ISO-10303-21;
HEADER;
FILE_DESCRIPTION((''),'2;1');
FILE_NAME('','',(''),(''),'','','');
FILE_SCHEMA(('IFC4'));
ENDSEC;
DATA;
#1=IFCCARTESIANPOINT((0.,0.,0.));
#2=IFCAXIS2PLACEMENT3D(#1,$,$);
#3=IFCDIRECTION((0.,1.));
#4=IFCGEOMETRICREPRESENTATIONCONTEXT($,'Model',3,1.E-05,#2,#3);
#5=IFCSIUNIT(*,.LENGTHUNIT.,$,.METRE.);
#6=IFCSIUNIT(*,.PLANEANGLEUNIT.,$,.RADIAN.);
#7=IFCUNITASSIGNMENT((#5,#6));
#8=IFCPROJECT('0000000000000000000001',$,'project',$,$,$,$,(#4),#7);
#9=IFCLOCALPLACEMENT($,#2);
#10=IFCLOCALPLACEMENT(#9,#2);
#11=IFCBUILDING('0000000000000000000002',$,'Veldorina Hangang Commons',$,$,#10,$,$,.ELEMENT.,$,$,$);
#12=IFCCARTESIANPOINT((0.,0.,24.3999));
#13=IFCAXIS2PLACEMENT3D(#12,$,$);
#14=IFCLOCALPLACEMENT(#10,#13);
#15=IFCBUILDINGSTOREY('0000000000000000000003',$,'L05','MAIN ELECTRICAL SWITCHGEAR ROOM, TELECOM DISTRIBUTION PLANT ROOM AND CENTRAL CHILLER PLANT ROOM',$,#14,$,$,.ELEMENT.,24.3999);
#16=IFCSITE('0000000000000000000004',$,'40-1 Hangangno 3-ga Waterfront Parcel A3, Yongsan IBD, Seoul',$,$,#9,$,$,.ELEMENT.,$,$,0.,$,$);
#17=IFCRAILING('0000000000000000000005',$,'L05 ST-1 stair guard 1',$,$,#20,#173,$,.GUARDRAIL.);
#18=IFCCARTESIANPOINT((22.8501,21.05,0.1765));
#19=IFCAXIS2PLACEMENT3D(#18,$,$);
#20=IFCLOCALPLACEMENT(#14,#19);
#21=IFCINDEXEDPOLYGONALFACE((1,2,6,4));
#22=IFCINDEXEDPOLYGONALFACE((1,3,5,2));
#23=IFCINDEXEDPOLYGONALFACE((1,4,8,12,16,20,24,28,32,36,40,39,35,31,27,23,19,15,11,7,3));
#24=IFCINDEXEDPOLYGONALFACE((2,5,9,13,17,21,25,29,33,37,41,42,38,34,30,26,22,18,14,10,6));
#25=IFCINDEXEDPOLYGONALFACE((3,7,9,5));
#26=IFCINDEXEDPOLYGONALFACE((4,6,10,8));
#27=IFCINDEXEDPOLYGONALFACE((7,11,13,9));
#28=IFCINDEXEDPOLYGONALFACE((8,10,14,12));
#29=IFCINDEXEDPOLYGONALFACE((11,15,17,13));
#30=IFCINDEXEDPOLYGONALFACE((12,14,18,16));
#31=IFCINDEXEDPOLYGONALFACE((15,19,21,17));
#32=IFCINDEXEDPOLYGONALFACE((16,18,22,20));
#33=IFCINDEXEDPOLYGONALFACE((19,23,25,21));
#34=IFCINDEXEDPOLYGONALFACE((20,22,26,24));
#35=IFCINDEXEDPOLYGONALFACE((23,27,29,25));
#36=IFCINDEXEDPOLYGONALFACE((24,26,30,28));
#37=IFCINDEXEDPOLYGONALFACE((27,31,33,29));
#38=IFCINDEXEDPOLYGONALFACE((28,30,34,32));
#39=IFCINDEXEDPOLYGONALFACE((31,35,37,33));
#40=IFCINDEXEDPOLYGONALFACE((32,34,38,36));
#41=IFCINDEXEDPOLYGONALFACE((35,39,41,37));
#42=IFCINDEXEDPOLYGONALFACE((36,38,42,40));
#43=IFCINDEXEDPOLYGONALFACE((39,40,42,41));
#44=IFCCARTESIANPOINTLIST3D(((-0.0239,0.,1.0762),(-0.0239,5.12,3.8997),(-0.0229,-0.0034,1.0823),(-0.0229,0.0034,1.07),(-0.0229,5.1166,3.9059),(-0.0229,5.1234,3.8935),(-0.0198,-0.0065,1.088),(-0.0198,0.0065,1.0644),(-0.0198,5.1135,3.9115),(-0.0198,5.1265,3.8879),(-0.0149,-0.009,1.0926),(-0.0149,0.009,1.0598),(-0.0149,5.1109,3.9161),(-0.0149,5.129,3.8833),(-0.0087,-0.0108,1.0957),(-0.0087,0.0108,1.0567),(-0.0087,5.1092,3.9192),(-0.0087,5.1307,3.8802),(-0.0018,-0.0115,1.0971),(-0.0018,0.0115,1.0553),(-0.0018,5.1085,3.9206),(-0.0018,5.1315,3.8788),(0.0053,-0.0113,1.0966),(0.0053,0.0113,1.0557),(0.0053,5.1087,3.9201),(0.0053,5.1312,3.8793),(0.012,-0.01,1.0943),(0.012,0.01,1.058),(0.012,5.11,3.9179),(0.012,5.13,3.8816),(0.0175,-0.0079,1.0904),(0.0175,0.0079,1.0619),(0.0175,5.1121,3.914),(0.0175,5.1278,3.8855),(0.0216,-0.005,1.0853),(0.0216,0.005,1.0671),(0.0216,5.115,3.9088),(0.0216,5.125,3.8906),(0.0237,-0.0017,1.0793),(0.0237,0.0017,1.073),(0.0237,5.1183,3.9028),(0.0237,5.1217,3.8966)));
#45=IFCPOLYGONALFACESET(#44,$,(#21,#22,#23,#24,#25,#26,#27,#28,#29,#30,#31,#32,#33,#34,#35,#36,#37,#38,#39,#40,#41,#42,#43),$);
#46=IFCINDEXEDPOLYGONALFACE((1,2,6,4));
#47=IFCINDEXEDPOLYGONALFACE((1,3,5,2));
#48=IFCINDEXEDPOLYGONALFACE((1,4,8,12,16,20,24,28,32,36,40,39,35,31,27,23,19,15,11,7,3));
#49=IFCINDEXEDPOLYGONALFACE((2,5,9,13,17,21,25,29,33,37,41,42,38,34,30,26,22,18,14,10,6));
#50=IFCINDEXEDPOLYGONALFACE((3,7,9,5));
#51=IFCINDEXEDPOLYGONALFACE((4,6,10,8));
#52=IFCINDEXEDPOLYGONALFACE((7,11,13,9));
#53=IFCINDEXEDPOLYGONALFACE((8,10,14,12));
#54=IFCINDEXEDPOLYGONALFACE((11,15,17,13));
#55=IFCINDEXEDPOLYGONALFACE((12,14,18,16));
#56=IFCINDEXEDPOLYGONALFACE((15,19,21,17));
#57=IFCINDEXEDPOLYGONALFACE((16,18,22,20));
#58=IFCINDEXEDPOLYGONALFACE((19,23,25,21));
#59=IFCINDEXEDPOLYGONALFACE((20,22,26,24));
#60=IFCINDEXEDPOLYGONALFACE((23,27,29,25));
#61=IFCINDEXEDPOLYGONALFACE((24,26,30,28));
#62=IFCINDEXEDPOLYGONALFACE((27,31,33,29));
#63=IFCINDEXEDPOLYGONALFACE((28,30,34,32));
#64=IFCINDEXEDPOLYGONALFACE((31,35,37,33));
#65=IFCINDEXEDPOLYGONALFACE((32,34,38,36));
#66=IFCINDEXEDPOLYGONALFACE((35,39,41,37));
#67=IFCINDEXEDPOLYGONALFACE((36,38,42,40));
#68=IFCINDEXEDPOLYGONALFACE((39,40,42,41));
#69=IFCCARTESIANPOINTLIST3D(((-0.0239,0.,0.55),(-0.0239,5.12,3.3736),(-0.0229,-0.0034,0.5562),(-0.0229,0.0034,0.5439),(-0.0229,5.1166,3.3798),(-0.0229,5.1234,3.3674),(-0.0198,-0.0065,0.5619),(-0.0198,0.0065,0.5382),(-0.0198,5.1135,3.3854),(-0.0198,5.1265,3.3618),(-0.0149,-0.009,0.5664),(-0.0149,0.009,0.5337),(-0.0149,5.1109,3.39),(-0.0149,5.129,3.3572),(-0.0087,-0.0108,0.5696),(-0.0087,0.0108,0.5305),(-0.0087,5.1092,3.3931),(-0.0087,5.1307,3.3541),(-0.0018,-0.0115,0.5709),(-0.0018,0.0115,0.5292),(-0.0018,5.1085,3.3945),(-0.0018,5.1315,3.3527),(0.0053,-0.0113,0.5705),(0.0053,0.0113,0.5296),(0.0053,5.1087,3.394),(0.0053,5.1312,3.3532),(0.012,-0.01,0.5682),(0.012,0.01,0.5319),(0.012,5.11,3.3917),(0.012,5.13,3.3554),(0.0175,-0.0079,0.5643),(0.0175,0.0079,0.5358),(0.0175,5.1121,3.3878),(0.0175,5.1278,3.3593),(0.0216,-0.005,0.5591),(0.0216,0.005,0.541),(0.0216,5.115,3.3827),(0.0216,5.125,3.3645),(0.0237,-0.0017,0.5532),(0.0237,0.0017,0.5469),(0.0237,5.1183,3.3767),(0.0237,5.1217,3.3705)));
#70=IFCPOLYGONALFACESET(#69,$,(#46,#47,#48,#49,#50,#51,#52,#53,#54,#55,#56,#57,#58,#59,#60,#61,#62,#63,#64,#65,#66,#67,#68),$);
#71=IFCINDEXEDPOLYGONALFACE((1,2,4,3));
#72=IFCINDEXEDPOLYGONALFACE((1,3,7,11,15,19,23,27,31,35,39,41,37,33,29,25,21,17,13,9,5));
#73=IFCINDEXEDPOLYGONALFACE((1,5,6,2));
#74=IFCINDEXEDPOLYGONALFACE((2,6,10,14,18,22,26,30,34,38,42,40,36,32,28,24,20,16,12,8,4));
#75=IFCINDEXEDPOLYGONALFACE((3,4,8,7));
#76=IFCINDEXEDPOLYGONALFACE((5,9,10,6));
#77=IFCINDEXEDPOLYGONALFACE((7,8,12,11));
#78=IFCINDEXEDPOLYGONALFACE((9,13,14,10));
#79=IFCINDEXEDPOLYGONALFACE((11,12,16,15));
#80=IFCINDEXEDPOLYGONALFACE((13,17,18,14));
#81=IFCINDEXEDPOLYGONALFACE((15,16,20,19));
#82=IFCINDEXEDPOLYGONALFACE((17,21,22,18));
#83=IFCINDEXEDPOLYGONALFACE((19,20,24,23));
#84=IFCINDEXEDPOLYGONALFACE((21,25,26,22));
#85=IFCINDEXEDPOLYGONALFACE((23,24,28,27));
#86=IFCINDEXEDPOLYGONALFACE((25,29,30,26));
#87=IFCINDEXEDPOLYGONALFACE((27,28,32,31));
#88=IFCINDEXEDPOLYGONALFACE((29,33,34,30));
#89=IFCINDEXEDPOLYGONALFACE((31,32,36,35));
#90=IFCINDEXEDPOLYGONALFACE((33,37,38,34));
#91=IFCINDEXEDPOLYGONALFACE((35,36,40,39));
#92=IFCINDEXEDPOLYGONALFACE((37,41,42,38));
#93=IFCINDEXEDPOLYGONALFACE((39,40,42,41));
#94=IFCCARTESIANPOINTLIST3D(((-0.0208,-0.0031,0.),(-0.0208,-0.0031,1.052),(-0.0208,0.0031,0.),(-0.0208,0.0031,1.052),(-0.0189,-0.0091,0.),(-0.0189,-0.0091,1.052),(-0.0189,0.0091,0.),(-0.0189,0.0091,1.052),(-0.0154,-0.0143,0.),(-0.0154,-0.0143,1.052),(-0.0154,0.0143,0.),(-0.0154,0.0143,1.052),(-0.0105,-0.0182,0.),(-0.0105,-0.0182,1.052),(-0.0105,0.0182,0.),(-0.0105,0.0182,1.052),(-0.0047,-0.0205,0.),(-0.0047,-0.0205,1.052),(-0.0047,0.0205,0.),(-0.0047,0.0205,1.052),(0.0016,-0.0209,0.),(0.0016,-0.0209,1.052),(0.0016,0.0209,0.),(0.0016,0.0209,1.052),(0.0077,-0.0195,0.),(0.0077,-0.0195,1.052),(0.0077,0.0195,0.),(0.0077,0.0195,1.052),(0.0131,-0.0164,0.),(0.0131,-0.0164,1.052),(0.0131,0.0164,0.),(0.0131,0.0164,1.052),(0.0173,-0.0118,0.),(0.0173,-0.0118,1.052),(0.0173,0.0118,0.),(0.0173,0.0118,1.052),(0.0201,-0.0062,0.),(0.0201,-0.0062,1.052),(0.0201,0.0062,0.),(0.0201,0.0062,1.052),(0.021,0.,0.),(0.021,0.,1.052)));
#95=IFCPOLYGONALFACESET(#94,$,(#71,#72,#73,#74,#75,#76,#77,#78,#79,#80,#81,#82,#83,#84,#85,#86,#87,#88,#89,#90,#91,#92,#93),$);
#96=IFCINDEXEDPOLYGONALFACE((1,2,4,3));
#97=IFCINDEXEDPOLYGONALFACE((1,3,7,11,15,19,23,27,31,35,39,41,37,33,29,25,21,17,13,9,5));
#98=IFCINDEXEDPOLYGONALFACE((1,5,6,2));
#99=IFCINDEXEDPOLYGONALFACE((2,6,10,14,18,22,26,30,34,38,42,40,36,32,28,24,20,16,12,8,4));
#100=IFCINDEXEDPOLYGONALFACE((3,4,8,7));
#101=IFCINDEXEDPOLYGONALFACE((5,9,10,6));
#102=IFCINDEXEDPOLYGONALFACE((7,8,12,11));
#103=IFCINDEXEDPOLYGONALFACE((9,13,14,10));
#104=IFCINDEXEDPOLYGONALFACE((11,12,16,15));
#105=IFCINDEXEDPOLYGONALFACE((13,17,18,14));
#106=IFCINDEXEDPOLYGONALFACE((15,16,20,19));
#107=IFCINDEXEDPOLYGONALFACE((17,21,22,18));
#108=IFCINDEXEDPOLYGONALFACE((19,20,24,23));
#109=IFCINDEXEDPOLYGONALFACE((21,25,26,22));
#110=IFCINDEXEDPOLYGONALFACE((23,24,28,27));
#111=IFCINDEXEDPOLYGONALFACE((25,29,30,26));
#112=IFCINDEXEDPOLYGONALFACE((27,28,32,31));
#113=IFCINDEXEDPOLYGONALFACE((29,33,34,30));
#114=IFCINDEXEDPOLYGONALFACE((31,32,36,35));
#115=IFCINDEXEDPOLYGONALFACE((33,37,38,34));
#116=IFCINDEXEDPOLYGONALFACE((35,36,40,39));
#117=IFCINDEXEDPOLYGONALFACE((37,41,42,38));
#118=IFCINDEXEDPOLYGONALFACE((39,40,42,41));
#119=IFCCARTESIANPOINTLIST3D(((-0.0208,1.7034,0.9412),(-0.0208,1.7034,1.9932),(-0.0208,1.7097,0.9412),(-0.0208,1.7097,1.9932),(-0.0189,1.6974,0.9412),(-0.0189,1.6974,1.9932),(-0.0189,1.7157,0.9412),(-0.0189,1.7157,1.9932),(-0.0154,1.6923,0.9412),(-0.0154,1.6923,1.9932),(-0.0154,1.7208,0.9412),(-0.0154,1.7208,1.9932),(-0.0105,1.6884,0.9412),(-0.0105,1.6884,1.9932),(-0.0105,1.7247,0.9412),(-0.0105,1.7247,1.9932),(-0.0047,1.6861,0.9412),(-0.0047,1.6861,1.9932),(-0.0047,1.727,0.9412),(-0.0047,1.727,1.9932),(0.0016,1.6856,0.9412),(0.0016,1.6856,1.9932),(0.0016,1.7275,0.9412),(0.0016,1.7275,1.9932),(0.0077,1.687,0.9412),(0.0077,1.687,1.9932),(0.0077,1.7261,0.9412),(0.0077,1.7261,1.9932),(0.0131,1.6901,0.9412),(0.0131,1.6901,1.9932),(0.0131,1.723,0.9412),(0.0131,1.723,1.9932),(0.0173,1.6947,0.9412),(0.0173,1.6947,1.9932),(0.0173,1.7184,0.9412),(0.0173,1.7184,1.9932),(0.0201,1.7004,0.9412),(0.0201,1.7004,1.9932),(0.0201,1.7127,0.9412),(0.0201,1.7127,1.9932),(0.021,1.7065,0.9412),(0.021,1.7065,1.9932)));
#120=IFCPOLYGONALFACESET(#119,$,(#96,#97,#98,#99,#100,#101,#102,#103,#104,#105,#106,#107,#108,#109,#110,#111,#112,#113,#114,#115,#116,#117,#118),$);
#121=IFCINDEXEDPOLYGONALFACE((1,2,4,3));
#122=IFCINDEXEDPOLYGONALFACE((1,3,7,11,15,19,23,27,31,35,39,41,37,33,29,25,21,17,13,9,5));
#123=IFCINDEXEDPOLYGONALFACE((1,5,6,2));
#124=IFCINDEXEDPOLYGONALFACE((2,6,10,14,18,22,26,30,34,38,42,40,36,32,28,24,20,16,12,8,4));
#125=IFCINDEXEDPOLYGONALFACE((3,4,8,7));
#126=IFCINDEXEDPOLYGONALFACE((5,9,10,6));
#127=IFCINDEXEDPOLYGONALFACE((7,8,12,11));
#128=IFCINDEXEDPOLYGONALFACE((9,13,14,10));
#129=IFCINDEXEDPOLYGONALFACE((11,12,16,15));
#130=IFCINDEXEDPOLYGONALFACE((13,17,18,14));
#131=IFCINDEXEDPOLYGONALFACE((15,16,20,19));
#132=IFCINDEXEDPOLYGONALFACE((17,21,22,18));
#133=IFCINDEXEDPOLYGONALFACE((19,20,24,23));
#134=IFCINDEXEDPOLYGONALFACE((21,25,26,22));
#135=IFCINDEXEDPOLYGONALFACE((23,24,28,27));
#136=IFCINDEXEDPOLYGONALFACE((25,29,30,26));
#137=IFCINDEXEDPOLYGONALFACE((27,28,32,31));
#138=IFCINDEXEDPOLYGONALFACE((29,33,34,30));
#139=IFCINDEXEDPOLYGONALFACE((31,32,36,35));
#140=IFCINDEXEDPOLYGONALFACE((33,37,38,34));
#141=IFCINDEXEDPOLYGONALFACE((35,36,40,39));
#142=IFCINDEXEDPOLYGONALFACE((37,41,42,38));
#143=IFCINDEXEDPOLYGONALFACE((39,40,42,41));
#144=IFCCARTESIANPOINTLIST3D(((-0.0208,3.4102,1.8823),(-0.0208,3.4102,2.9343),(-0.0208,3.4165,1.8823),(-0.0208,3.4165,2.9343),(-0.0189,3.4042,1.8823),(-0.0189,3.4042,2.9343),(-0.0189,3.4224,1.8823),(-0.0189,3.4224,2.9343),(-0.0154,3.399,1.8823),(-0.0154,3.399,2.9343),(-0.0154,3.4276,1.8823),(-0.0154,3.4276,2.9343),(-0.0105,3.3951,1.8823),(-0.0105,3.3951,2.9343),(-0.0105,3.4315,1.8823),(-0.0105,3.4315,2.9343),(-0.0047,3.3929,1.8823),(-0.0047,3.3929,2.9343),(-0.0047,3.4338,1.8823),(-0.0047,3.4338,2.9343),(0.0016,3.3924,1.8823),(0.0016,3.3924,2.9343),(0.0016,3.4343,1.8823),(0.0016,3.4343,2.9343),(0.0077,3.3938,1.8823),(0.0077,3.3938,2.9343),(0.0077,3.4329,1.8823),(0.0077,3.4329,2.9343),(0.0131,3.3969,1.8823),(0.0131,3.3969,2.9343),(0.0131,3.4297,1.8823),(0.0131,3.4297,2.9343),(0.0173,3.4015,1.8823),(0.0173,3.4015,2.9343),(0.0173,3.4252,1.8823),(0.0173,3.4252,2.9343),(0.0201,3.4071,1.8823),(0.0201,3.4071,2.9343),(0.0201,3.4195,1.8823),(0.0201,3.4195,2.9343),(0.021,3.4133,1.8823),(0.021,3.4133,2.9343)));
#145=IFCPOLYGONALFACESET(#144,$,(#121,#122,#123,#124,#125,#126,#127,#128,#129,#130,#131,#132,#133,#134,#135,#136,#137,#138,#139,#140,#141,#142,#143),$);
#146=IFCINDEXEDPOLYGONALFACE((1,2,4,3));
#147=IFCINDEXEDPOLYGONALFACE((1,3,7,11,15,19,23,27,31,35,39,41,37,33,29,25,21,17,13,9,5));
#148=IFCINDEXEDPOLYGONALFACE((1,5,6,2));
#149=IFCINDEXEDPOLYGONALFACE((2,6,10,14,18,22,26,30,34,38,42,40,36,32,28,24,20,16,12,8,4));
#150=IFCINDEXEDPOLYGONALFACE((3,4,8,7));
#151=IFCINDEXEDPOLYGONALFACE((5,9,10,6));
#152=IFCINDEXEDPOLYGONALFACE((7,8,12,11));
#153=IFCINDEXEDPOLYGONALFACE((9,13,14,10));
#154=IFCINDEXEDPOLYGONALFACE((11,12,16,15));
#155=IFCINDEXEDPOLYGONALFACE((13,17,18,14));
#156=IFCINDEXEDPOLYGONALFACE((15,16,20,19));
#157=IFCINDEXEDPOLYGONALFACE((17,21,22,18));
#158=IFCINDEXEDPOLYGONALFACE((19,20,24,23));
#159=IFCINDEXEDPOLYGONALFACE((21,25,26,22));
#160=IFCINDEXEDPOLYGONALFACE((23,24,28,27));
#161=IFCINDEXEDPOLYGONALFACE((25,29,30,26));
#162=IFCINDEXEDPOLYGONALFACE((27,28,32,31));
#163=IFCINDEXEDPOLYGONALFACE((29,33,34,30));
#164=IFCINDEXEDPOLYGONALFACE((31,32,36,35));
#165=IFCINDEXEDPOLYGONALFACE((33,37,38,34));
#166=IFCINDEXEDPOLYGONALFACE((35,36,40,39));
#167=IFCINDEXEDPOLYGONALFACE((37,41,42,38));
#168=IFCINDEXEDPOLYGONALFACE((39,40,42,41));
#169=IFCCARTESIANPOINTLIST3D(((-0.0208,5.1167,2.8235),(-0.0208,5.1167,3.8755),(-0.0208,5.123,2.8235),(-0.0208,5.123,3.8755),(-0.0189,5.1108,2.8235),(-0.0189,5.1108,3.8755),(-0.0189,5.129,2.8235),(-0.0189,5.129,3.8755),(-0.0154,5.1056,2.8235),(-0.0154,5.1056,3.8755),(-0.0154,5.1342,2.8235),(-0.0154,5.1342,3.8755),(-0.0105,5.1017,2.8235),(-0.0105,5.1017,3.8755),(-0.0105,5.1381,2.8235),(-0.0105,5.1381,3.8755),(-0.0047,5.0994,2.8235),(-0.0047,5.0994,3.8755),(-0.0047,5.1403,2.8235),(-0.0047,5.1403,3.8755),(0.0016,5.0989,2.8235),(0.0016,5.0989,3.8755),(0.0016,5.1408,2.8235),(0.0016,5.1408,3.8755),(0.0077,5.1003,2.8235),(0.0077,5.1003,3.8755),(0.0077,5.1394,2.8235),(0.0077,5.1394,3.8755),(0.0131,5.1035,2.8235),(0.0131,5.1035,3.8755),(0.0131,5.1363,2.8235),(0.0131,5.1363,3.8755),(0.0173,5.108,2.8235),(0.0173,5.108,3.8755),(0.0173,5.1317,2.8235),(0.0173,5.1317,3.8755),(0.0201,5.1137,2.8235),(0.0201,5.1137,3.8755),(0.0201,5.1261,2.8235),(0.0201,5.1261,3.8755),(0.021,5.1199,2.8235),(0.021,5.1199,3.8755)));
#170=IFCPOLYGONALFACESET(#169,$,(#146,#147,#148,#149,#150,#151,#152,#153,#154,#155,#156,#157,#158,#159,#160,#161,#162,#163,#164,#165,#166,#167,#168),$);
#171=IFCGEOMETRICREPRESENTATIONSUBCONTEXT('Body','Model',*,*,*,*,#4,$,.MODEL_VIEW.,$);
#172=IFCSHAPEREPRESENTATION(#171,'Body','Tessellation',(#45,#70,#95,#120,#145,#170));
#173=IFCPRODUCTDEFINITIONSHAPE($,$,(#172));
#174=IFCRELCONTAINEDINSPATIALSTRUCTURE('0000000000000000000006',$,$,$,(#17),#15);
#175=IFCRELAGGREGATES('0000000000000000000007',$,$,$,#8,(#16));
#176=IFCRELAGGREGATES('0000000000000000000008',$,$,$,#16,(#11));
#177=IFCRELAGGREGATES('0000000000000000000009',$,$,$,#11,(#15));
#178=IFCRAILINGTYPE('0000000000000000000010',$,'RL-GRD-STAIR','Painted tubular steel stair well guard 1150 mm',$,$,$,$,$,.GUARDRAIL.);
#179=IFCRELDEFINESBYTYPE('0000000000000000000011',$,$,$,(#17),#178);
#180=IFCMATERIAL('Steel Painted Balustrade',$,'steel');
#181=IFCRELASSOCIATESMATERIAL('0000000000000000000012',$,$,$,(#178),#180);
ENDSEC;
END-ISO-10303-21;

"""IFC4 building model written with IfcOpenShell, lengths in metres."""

from ifc_helpers import new_model, si_unit, direction, frame, origin, origin_2d, place, context, subcontext, project, spatial, circle, extrude, material, type_object, element, save


model = new_model("IFC4")

# Units and contexts
model_context = context("Model", 3, precision=1e-05, world=origin(), true_north=direction((0.0, 1.0)))
body_context = subcontext(model_context, "Body", "Model", "MODEL_VIEW")
ifc_project = project(units=[si_unit("LENGTHUNIT", "METRE"), si_unit("PLANEANGLEUNIT", "RADIAN")], contexts=[model_context])

# Site, building, storey
site_placement = place(None, origin())
site = spatial("IfcSite", under=ifc_project, at=site_placement, Name="40-1 Hangangno 3-ga Waterfront Parcel A3, Yongsan IBD, Seoul", CompositionType="ELEMENT", RefElevation=0.0)
building_placement = place(site_placement, origin())
building = spatial("IfcBuilding", under=site, at=building_placement, Name="Veldorina Hangang Commons", CompositionType="ELEMENT")
storey_placement = place(building_placement, frame((0.0, 0.0, 24.3999)))
storey = spatial("IfcBuildingStorey", under=building, at=storey_placement, Name="L05", Description="MAIN ELECTRICAL SWITCHGEAR ROOM, TELECOM DISTRIBUTION PLANT ROOM AND CENTRAL CHILLER PLANT ROOM", CompositionType="ELEMENT", Elevation=24.3999)

# Railing
ifc_material_1 = material(Name="Steel Painted Balustrade", Category="steel")
railing_type_1 = type_object("IfcRailingType", Name="RL-GRD-STAIR", Description="Painted tubular steel stair well guard 1150 mm", PredefinedType="GUARDRAIL", material=ifc_material_1)
railing_1_placement = place(storey_placement, frame((22.8501, 21.05, 0.1765)))
element("IfcRailing", 1, at=railing_1_placement, inside=storey, type_object=railing_type_1, Name="L05 ST-1 stair guard 1", PredefinedType="GUARDRAIL", context=body_context, shape_type="SweptSolid", body=[
    extrude(circle(Radius=0.0239, at=origin_2d()), frame((0.0, 0.0, 1.0762), z_axis=(0.0, 0.87567, 0.482911), x_axis=(-1.0, 0.0, 0.0)), (0.0, 0.0, 1.0), 5.8469),
    extrude(circle(Radius=0.0239, at=origin_2d()), frame((0.0, 0.0, 0.55), z_axis=(0.0, 0.87567, 0.482911), x_axis=(-1.0, 0.0, 0.0)), (0.0, 0.0, 1.0), 5.8469),
    extrude(circle(Radius=0.021, at=origin_2d()), origin(), (0.0, 0.0, 1.0), 1.052),
    extrude(circle(Radius=0.021, at=origin_2d()), frame((0.0, 1.7065, 0.9412)), (0.0, 0.0, 1.0), 1.052),
    extrude(circle(Radius=0.021, at=origin_2d()), frame((0.0, 3.4133, 1.8823)), (0.0, 0.0, 1.0), 1.052),
    extrude(circle(Radius=0.021, at=origin_2d()), frame((0.0, 5.1199, 2.8235)), (0.0, 0.0, 1.0), 1.052),
])

save(model, "model.ifc")
